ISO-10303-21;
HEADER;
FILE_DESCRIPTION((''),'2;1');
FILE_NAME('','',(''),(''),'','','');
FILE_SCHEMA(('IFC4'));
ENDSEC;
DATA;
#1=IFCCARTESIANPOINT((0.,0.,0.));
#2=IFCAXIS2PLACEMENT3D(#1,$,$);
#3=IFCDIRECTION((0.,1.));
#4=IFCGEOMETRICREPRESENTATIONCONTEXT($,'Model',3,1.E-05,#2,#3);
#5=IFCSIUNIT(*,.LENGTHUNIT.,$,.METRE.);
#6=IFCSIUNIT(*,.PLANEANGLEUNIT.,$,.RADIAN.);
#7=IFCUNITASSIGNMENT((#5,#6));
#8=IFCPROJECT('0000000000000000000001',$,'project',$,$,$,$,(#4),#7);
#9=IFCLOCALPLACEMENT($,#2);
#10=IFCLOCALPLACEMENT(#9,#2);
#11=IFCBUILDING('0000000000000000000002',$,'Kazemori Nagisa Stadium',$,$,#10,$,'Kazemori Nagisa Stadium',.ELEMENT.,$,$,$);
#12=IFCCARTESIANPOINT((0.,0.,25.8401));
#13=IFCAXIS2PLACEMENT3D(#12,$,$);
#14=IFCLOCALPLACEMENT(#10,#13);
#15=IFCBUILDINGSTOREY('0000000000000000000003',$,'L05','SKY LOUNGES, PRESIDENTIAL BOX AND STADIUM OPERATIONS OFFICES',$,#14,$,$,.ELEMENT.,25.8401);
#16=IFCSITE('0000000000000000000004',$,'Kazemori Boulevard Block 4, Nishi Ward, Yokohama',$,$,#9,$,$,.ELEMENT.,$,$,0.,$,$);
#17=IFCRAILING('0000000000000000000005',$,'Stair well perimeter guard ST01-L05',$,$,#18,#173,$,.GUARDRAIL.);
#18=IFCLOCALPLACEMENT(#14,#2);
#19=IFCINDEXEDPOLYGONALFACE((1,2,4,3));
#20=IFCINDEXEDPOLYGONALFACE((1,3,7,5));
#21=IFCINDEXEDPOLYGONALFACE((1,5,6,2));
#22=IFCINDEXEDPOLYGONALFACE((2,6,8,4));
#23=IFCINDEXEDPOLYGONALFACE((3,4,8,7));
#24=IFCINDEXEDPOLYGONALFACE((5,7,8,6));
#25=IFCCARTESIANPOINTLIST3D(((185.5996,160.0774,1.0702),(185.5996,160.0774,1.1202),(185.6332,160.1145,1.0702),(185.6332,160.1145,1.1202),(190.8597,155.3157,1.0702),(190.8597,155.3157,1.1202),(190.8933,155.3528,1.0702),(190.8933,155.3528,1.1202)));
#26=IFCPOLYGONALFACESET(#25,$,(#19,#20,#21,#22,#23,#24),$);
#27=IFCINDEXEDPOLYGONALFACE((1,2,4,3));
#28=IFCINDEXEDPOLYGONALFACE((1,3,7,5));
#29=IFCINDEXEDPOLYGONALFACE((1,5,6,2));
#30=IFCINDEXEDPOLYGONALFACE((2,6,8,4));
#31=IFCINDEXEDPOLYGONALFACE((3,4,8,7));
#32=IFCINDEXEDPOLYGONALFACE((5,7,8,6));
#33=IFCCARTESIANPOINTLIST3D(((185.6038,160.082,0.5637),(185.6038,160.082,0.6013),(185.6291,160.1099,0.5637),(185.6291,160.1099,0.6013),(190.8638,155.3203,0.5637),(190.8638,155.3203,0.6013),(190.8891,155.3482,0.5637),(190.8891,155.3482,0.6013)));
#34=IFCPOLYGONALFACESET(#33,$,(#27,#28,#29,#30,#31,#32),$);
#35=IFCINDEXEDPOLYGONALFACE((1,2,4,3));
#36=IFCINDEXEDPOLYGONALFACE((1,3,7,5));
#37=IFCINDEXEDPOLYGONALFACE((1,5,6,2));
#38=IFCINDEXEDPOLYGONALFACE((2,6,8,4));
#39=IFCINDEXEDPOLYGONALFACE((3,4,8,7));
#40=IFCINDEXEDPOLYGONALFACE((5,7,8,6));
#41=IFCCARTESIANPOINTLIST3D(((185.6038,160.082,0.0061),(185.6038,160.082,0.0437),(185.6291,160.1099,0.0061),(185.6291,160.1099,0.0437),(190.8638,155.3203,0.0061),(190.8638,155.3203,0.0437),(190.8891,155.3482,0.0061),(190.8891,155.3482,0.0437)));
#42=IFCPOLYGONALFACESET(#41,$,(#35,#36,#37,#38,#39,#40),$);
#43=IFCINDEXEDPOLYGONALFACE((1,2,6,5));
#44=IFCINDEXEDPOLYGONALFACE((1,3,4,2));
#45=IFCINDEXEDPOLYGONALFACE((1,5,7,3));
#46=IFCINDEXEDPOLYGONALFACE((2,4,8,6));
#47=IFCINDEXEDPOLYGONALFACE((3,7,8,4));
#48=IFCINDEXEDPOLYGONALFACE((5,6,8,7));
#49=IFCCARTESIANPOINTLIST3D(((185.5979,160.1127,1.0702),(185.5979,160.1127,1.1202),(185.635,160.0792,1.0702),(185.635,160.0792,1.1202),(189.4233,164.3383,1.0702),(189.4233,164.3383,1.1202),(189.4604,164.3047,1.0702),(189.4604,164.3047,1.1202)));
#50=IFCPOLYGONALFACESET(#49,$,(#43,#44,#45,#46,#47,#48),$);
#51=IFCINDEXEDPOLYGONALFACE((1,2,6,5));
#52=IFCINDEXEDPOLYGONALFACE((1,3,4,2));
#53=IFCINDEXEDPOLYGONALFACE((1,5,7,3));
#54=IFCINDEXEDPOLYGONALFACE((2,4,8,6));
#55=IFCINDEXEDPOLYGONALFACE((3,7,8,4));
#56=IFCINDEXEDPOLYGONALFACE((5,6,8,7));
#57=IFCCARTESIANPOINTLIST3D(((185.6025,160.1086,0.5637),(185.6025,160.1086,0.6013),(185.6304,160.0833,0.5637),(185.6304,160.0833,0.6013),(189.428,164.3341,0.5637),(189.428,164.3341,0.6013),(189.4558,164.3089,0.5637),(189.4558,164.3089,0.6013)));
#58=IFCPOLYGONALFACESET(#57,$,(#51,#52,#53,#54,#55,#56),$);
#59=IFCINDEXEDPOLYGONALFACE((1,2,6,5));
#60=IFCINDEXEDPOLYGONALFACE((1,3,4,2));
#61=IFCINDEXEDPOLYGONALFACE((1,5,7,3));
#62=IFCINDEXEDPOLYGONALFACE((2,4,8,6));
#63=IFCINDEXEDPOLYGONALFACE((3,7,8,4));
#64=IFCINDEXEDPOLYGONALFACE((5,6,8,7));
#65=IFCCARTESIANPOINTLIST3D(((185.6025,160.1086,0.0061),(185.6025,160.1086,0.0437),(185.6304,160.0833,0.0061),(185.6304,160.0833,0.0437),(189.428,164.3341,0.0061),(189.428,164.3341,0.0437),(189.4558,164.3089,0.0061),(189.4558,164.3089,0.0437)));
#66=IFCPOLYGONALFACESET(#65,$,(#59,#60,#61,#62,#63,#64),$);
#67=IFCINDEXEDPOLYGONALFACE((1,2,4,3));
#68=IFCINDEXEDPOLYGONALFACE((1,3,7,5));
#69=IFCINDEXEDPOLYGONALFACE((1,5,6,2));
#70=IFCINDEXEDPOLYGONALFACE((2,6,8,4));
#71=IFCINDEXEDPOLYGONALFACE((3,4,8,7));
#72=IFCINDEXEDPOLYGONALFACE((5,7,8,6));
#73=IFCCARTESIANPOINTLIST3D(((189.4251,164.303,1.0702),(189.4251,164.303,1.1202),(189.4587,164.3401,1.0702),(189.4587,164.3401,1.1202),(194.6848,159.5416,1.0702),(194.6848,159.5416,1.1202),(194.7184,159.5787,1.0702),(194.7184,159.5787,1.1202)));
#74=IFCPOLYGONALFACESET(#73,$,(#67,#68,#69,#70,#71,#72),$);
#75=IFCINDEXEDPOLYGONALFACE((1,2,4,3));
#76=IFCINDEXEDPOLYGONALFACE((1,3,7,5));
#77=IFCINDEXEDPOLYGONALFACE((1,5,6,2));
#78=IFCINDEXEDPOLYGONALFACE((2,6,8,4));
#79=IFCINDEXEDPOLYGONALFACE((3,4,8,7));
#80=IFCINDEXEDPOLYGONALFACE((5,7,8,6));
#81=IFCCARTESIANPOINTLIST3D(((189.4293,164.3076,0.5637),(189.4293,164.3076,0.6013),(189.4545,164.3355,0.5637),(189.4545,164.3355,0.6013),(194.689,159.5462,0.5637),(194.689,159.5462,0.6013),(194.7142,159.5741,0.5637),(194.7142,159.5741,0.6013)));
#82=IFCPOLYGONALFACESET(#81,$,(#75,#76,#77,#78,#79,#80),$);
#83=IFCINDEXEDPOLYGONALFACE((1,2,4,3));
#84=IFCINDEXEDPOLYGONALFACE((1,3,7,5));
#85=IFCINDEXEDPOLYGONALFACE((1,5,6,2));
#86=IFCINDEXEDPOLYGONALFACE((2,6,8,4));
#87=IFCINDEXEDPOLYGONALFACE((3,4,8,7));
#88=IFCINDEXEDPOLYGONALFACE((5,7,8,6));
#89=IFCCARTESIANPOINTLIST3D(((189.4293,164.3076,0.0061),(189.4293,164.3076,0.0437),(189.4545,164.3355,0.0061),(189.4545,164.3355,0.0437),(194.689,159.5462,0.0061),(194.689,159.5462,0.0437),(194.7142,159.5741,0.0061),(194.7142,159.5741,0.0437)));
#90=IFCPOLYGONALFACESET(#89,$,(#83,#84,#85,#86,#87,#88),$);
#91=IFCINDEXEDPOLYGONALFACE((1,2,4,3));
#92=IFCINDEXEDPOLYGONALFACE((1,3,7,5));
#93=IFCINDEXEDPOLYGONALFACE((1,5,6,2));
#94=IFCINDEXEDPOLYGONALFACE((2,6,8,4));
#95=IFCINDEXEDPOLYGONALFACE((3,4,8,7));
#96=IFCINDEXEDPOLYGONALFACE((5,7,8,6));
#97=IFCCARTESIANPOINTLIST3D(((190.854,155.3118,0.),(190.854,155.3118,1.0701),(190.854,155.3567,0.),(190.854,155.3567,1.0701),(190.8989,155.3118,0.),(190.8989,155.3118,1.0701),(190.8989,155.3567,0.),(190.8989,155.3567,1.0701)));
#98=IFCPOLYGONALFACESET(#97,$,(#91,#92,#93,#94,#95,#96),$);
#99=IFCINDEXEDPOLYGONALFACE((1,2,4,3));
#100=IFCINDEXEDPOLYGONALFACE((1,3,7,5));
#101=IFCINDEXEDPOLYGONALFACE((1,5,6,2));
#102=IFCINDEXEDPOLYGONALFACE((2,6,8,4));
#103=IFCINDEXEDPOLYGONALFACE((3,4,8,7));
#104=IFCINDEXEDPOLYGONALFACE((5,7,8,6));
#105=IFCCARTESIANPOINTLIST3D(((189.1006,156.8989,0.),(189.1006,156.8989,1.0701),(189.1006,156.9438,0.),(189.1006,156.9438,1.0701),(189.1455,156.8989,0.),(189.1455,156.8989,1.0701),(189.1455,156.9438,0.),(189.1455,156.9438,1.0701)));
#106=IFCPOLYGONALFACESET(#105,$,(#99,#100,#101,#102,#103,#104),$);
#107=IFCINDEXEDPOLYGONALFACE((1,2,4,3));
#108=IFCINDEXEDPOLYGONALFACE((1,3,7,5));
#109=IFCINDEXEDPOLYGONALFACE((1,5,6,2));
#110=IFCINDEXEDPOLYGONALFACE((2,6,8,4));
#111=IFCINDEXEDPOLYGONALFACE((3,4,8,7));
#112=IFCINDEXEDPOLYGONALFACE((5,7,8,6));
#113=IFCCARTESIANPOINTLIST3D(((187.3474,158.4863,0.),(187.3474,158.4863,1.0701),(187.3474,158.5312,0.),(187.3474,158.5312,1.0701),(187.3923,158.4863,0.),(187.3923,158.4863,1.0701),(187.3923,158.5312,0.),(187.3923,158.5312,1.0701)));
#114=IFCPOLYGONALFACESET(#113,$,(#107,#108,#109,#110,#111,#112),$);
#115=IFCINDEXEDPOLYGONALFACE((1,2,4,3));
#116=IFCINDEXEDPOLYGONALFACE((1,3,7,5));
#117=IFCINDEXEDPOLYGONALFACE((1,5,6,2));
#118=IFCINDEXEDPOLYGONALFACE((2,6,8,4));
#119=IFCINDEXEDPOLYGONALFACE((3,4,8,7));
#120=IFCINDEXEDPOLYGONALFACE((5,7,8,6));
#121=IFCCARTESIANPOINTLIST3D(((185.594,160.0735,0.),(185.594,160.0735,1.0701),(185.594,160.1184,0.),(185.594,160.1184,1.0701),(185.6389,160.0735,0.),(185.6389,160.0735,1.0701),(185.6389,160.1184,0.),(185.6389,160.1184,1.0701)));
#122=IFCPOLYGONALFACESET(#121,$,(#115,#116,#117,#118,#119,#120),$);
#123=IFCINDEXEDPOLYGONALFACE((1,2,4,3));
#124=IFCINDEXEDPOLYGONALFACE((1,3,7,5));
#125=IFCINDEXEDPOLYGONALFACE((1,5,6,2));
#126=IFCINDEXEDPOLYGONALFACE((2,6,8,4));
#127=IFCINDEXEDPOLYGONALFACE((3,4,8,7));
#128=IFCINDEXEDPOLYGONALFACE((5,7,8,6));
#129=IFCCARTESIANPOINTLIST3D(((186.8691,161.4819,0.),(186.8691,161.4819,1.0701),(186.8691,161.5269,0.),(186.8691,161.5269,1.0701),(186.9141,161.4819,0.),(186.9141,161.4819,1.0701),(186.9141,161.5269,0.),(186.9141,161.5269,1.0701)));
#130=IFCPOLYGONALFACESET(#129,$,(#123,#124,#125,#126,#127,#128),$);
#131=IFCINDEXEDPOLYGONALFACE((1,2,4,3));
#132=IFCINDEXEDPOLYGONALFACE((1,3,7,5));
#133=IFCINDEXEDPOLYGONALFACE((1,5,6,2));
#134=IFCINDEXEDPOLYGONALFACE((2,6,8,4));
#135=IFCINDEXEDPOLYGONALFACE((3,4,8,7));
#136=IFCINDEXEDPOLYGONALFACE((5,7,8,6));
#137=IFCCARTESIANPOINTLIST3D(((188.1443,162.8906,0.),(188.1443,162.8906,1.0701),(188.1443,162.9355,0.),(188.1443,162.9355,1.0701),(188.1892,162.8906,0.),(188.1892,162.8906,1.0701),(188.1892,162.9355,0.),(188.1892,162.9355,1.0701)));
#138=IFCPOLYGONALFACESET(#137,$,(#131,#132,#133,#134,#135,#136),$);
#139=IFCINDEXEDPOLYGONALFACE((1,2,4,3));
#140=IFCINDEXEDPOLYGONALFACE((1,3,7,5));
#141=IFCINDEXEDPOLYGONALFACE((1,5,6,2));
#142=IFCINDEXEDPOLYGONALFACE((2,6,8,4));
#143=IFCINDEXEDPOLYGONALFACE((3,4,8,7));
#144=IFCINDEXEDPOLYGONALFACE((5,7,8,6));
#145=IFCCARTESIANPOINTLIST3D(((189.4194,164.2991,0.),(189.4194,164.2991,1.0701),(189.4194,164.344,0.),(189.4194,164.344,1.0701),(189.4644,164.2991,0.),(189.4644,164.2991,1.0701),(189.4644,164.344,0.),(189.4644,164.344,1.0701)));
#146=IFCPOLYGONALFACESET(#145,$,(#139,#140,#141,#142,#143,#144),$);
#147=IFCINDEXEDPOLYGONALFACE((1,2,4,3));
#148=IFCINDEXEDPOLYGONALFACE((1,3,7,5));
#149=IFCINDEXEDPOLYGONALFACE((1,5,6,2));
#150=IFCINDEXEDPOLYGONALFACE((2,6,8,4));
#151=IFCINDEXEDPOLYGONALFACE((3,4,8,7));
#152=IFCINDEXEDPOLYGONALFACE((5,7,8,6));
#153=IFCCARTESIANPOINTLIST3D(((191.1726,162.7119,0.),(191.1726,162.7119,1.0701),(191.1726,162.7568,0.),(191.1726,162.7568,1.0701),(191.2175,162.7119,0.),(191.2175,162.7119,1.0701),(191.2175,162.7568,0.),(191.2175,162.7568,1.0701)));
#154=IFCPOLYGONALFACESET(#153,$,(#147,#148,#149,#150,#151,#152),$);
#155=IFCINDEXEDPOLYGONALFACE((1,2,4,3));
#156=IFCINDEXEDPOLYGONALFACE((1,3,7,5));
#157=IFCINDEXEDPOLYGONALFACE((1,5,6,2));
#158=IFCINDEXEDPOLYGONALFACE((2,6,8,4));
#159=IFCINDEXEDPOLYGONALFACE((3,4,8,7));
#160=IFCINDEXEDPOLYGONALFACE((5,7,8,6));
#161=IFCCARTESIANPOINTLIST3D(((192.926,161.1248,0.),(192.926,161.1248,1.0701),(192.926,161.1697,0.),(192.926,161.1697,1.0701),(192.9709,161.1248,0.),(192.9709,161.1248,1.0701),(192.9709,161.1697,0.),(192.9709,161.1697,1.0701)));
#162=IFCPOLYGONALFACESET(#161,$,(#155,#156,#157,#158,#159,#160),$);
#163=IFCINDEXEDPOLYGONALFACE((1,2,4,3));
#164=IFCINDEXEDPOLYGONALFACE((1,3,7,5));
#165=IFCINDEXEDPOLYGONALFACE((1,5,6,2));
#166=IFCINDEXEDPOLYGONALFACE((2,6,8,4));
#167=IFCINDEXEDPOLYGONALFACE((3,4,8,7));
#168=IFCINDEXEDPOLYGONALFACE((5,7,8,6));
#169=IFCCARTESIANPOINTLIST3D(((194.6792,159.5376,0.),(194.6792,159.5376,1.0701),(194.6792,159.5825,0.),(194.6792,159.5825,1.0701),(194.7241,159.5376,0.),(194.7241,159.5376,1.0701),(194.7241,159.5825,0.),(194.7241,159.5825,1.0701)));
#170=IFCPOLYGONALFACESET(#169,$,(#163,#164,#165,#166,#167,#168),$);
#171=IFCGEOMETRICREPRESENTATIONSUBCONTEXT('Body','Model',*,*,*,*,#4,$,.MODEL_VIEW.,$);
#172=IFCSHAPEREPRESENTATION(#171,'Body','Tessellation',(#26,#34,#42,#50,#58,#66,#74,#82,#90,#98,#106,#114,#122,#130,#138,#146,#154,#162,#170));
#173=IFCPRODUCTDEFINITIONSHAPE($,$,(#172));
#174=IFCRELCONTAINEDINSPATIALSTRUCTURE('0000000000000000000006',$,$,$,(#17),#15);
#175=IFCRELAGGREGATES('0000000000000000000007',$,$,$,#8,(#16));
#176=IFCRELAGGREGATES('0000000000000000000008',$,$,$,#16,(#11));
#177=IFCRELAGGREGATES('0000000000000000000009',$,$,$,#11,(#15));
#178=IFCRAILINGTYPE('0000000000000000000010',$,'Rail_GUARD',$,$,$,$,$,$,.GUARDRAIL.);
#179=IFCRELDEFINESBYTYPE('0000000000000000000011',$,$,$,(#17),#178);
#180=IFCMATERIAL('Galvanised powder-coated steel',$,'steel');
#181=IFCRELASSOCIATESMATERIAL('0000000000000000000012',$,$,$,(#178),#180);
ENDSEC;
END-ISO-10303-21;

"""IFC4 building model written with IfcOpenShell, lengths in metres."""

from ifc_helpers import new_model, si_unit, direction, frame, origin, origin_2d, place, context, subcontext, project, spatial, rectangle, extrude, material, type_object, element, save


model = new_model("IFC4")

# Units and contexts
model_context = context("Model", 3, precision=1e-05, world=origin(), true_north=direction((0.0, 1.0)))
body_context = subcontext(model_context, "Body", "Model", "MODEL_VIEW")
ifc_project = project(units=[si_unit("LENGTHUNIT", "METRE"), si_unit("PLANEANGLEUNIT", "RADIAN")], contexts=[model_context])

# Site, building, storey
site_placement = place(None, origin())
site = spatial("IfcSite", under=ifc_project, at=site_placement, Name="Kazemori Boulevard Block 4, Nishi Ward, Yokohama", CompositionType="ELEMENT", RefElevation=0.0)
building_placement = place(site_placement, origin())
building = spatial("IfcBuilding", under=site, at=building_placement, Name="Kazemori Nagisa Stadium", LongName="Kazemori Nagisa Stadium", CompositionType="ELEMENT")
storey_placement = place(building_placement, frame((0.0, 0.0, 25.8401)))
storey = spatial("IfcBuildingStorey", under=building, at=storey_placement, Name="L05", Description="SKY LOUNGES, PRESIDENTIAL BOX AND STADIUM OPERATIONS OFFICES", CompositionType="ELEMENT", Elevation=25.8401)

# Railing
ifc_material_1 = material(Name="Galvanised powder-coated steel", Category="steel")
railing_type_1 = type_object("IfcRailingType", Name="Rail_GUARD", PredefinedType="GUARDRAIL", material=ifc_material_1)
railing_1_placement = place(storey_placement, frame((190.8765, 155.3342, 0.0)))
element("IfcRailing", 1, at=railing_1_placement, inside=storey, type_object=railing_type_1, Name="Stair well perimeter guard ST01-L05", PredefinedType="GUARDRAIL", context=body_context, shape_type="SweptSolid", body=[
    extrude(rectangle(XDim=0.05, YDim=0.05, at=origin_2d()), frame((0.0, 0.0, 1.0952), z_axis=(-0.741349, 0.67112, 0.0), x_axis=(-0.67112, -0.741349, 0.0)), (0.0, 0.0, 1.0), 7.0952),
    extrude(rectangle(XDim=0.0376, YDim=0.0376, at=origin_2d()), frame((0.0, 0.0, 0.5825), z_axis=(-0.741349, 0.67112, 0.0), x_axis=(-0.67112, -0.741349, 0.0)), (0.0, 0.0, 1.0), 7.0952),
    extrude(rectangle(XDim=0.0376, YDim=0.0376, at=origin_2d()), frame((0.0, 0.0, 0.0249), z_axis=(-0.741349, 0.67112, 0.0), x_axis=(-0.67112, -0.741349, 0.0)), (0.0, 0.0, 1.0), 7.0952),
    extrude(rectangle(XDim=0.05, YDim=0.05, at=origin_2d()), frame((-5.26, 4.7617, 1.0952), z_axis=(0.671134, 0.741336, 0.0), x_axis=(-0.741336, 0.671134, 0.0)), (0.0, 0.0, 1.0), 5.7),
    extrude(rectangle(XDim=0.0376, YDim=0.0376, at=origin_2d()), frame((-5.26, 4.7617, 0.5825), z_axis=(0.671134, 0.741336, 0.0), x_axis=(-0.741336, 0.671134, 0.0)), (0.0, 0.0, 1.0), 5.7),
    extrude(rectangle(XDim=0.0376, YDim=0.0376, at=origin_2d()), frame((-5.26, 4.7617, 0.0249), z_axis=(0.671134, 0.741336, 0.0), x_axis=(-0.741336, 0.671134, 0.0)), (0.0, 0.0, 1.0), 5.7),
    extrude(rectangle(XDim=0.05, YDim=0.05, at=origin_2d()), frame((-1.4346, 8.9873, 1.0952), z_axis=(0.741351, -0.671118, 0.0), x_axis=(0.671118, 0.741351, 0.0)), (0.0, 0.0, 1.0), 7.0947),
    extrude(rectangle(XDim=0.0376, YDim=0.0376, at=origin_2d()), frame((-1.4346, 8.9873, 0.5825), z_axis=(0.741351, -0.671118, 0.0), x_axis=(0.671118, 0.741351, 0.0)), (0.0, 0.0, 1.0), 7.0947),
    extrude(rectangle(XDim=0.0376, YDim=0.0376, at=origin_2d()), frame((-1.4346, 8.9873, 0.0249), z_axis=(0.741351, -0.671118, 0.0), x_axis=(0.671118, 0.741351, 0.0)), (0.0, 0.0, 1.0), 7.0947),
    extrude(rectangle(XDim=0.0449, YDim=0.0449, at=origin_2d()), origin(), (0.0, 0.0, 1.0), 1.0701),
    extrude(rectangle(XDim=0.0449, YDim=0.0449, at=origin_2d()), frame((-1.7534, 1.5872, 0.0)), (0.0, 0.0, 1.0), 1.0701),
    extrude(rectangle(XDim=0.0449, YDim=0.0449, at=origin_2d()), frame((-3.5066, 3.1746, 0.0)), (0.0, 0.0, 1.0), 1.0701),
    extrude(rectangle(XDim=0.0449, YDim=0.0449, at=origin_2d()), frame((-5.26, 4.7617, 0.0)), (0.0, 0.0, 1.0), 1.0701),
    extrude(rectangle(XDim=0.0449, YDim=0.0449, at=origin_2d()), frame((-3.9849, 6.1702, 0.0)), (0.0, 0.0, 1.0), 1.0701),
    extrude(rectangle(XDim=0.0449, YDim=0.0449, at=origin_2d()), frame((-2.7097, 7.5789, 0.0)), (0.0, 0.0, 1.0), 1.0701),
    extrude(rectangle(XDim=0.0449, YDim=0.0449, at=origin_2d()), frame((-1.4346, 8.9873, 0.0)), (0.0, 0.0, 1.0), 1.0701),
    extrude(rectangle(XDim=0.0449, YDim=0.0449, at=origin_2d()), frame((0.3186, 7.4001, 0.0)), (0.0, 0.0, 1.0), 1.0701),
    extrude(rectangle(XDim=0.0449, YDim=0.0449, at=origin_2d()), frame((2.072, 5.813, 0.0)), (0.0, 0.0, 1.0), 1.0701),
    extrude(rectangle(XDim=0.0449, YDim=0.0449, at=origin_2d()), frame((3.8252, 4.2258, 0.0)), (0.0, 0.0, 1.0), 1.0701),
])

save(model, "model.ifc")
